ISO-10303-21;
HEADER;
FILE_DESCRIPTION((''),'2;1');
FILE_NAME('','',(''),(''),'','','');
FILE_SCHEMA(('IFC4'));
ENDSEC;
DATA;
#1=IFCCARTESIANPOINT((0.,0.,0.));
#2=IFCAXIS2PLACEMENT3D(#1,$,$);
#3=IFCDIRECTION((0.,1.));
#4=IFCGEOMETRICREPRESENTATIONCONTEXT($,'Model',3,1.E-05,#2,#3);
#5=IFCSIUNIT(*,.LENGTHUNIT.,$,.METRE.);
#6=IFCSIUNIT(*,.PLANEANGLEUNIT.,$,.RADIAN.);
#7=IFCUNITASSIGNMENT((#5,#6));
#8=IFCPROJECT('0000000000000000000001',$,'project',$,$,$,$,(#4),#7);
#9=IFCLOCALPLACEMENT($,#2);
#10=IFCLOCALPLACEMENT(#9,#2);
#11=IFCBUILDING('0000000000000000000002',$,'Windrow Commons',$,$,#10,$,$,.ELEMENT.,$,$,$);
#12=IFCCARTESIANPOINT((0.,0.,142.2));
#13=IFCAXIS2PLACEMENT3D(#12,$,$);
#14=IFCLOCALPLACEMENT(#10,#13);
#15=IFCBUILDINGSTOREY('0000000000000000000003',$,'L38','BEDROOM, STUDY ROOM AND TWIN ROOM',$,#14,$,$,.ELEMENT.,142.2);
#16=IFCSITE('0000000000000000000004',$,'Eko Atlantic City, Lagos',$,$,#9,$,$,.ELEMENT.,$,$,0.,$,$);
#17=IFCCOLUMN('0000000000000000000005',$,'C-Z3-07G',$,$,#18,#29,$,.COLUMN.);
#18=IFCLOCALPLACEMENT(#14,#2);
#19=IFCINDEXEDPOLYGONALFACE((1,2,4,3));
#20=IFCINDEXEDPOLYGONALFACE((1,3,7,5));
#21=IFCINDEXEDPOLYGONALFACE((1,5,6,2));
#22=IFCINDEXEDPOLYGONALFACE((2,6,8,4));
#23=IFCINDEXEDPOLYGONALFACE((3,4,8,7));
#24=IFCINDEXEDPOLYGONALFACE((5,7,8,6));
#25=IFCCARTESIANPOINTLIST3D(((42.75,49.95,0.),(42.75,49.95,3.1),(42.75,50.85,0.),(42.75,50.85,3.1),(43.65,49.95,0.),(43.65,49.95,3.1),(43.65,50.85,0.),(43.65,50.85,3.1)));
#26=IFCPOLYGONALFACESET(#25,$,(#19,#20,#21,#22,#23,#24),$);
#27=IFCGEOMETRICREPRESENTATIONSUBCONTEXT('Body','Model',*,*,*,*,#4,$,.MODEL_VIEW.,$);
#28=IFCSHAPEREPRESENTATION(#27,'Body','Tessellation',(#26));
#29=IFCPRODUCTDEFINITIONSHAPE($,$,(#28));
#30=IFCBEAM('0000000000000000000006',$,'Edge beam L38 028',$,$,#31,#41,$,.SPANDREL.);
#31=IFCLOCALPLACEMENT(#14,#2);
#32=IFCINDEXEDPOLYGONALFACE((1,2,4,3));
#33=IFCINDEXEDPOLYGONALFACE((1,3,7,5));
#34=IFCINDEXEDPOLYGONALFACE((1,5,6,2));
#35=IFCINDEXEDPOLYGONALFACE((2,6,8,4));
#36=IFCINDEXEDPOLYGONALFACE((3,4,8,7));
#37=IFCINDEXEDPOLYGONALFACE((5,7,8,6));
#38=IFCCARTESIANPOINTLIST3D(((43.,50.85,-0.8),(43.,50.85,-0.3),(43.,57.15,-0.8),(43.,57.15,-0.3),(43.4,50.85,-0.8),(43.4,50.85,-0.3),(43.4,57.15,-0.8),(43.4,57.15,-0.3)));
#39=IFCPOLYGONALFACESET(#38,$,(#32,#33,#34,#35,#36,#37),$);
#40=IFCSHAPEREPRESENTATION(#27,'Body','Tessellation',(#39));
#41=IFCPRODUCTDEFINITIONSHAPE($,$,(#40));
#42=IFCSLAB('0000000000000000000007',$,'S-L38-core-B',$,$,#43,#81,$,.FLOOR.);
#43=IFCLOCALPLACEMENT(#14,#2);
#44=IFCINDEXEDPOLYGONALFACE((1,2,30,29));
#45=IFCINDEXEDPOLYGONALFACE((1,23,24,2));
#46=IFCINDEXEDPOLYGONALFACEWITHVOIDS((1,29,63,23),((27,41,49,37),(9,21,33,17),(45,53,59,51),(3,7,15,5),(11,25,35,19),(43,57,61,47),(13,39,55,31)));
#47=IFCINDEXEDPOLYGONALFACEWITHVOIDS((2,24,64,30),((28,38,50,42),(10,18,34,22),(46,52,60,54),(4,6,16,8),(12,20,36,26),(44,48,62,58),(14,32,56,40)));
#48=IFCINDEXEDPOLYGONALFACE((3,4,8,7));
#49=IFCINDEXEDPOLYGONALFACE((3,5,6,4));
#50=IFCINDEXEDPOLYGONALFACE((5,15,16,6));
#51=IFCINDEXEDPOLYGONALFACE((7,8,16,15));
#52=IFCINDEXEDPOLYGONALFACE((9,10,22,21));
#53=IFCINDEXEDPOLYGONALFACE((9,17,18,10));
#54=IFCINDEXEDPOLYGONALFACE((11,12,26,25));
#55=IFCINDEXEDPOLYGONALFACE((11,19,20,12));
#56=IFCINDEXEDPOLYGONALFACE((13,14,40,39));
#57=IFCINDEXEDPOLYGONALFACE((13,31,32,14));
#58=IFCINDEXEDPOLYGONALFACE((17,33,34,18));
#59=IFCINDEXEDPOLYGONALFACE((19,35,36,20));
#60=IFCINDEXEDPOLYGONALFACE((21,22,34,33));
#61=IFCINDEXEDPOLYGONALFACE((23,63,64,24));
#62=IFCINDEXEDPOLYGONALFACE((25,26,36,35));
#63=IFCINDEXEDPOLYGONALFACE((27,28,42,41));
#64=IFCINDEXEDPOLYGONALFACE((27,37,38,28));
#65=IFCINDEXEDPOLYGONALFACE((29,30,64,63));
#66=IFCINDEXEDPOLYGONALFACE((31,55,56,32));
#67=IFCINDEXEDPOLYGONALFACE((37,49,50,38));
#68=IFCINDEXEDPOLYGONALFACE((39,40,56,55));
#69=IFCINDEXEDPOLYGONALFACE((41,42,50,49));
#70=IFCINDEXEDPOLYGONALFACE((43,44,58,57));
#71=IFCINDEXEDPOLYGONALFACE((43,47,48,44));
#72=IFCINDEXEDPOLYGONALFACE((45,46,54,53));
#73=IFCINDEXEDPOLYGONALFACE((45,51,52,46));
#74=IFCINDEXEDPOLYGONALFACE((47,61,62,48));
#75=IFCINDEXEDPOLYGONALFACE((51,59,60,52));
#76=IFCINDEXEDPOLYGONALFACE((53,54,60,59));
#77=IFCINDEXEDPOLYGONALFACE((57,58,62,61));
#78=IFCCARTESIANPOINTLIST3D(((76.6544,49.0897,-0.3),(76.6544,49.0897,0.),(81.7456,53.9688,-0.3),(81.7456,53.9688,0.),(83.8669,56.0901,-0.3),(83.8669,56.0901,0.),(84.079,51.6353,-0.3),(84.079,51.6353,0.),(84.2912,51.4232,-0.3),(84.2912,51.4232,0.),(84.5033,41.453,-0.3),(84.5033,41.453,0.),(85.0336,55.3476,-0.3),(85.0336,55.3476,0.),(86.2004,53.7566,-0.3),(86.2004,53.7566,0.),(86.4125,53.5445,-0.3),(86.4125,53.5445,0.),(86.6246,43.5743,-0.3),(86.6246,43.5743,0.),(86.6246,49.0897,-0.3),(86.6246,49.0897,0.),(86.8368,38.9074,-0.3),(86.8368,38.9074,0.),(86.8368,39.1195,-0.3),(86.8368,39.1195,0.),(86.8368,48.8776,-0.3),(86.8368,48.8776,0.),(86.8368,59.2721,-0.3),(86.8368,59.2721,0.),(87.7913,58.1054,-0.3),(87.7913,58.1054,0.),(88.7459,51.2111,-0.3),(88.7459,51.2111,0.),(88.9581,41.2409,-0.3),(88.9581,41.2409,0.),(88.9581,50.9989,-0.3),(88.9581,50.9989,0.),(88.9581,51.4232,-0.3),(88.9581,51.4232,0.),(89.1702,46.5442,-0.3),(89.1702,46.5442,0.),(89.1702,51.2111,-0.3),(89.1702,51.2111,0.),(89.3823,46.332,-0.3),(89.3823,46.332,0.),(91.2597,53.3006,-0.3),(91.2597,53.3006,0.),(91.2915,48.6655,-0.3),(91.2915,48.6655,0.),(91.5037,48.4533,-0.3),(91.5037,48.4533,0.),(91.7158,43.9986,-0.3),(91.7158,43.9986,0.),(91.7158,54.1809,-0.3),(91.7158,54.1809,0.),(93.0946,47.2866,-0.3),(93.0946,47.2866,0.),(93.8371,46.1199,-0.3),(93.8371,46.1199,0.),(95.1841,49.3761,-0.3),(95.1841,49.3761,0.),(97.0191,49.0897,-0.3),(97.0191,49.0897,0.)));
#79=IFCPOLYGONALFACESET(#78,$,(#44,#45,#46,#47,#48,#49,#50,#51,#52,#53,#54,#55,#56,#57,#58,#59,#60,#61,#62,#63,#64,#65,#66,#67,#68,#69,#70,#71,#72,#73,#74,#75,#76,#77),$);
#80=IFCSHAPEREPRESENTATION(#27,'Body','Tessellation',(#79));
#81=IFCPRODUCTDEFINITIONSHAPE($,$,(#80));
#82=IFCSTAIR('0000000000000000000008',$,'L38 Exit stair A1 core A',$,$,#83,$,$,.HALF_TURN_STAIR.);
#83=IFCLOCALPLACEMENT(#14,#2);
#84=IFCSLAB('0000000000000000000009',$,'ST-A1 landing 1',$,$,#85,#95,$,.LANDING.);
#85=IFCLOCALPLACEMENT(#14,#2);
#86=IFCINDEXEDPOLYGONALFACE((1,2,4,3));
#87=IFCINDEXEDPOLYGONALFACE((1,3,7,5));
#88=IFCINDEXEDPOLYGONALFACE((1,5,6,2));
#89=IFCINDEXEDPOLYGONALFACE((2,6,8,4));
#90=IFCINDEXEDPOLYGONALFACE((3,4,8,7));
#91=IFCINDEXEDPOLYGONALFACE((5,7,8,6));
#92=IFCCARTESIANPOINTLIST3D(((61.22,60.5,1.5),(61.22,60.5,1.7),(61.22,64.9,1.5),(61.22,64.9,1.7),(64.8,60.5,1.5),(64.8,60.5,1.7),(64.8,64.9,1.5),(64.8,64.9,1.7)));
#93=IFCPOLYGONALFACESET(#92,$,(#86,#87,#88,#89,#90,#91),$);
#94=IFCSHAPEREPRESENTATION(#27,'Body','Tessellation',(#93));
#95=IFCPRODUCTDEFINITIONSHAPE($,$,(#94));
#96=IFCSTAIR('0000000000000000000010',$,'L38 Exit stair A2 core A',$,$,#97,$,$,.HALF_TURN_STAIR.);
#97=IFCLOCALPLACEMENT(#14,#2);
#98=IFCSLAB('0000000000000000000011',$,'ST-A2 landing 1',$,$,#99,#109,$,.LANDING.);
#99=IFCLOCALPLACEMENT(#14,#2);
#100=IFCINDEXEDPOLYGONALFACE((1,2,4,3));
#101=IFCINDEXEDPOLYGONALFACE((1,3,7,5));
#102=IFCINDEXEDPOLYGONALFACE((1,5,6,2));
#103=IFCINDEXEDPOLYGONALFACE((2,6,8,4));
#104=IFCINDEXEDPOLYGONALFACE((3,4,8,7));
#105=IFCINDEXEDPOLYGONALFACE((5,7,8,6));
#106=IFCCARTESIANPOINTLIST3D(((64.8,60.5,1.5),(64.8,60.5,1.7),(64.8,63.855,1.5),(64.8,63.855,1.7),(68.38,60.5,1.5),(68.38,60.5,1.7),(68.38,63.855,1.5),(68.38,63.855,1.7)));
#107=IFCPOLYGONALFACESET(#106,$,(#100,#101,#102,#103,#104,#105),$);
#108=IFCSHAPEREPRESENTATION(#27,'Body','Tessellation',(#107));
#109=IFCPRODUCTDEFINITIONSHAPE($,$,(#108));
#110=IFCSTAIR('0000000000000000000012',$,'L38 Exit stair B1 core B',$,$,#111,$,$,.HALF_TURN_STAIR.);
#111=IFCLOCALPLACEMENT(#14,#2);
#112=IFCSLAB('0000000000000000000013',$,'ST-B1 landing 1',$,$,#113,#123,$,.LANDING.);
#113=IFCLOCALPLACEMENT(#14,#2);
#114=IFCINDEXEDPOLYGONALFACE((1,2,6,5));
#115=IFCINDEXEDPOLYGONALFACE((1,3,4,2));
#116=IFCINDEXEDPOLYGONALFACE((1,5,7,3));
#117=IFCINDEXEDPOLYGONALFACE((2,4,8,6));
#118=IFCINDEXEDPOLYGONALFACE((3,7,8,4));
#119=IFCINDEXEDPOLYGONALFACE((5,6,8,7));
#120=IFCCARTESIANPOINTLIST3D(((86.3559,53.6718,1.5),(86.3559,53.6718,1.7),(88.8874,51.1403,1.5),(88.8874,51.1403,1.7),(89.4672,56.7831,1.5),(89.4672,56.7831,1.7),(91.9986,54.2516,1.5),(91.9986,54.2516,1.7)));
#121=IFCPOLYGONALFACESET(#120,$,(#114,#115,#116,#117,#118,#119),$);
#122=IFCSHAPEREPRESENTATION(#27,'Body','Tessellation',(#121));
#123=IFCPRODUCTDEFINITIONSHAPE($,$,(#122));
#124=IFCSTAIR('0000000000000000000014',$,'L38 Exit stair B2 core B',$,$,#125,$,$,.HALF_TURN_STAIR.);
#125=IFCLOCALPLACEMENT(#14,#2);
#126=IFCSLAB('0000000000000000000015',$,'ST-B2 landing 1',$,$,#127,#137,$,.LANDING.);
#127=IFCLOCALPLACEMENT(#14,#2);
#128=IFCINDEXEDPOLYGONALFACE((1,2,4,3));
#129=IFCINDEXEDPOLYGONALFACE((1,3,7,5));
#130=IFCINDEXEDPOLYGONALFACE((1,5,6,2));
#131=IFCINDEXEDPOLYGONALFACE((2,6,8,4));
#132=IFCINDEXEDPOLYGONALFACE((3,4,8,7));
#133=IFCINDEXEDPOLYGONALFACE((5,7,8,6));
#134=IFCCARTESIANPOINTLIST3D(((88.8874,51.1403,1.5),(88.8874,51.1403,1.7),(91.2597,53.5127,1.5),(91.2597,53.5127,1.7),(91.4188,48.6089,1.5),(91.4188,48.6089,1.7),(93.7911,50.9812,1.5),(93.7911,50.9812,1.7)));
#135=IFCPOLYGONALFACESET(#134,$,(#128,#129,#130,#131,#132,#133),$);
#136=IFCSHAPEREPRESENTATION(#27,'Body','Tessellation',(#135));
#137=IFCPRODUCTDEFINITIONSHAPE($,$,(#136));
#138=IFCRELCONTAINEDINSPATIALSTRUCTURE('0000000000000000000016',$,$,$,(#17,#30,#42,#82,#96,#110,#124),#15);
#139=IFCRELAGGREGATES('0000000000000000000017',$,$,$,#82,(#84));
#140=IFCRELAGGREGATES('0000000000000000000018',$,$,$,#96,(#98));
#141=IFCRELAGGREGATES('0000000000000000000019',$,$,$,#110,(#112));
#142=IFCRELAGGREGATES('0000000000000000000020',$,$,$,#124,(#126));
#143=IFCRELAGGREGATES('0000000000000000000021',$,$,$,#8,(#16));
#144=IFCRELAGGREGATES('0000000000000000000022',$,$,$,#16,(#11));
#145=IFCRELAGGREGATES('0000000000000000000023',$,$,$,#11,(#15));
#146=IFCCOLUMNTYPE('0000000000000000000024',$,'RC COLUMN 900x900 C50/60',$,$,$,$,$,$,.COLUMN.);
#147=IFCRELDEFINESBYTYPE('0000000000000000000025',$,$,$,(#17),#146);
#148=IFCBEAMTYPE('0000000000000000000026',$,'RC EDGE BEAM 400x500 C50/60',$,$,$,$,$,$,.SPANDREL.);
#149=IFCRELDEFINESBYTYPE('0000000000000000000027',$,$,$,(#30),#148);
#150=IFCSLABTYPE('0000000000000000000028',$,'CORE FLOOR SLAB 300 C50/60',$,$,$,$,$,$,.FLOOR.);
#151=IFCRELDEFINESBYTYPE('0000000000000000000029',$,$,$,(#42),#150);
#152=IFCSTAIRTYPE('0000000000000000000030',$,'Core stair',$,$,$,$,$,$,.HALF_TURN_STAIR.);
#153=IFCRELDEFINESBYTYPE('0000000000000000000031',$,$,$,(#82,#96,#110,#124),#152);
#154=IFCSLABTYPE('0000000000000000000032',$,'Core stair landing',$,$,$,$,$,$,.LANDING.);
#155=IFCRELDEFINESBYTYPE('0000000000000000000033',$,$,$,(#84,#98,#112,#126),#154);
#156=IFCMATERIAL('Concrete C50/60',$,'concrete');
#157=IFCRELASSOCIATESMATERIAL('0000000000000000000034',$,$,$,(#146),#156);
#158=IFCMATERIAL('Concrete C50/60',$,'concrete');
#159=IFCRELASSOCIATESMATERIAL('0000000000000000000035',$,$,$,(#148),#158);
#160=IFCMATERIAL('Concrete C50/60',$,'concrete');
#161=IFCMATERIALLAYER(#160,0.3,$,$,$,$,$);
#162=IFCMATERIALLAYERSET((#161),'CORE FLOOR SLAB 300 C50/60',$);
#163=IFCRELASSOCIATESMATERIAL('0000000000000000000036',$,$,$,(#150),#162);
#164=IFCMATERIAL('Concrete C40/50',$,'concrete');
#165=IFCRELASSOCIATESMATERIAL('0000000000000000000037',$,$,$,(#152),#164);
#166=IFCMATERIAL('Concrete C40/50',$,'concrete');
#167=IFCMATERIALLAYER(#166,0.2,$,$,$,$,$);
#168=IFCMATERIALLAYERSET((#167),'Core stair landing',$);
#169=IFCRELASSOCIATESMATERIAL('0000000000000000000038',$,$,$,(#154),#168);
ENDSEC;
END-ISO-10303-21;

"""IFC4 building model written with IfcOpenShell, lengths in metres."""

from ifc_helpers import new_model, si_unit, direction, frame, origin, origin_2d, place, context, subcontext, project, spatial, polyline, rectangle, outline, extrude, material, layer, layer_set, material_profile, profile_set, type_object, element, aggregate, save


model = new_model("IFC4")

# Units and contexts
model_context = context("Model", 3, precision=1e-05, world=origin(), true_north=direction((0.0, 1.0)))
body_context = subcontext(model_context, "Body", "Model", "MODEL_VIEW")
ifc_project = project(units=[si_unit("LENGTHUNIT", "METRE"), si_unit("PLANEANGLEUNIT", "RADIAN")], contexts=[model_context])

# Site, building, storey
site_placement = place(None, origin())
site = spatial("IfcSite", under=ifc_project, at=site_placement, Name="Eko Atlantic City, Lagos", CompositionType="ELEMENT", RefElevation=0.0)
building_placement = place(site_placement, origin())
building = spatial("IfcBuilding", under=site, at=building_placement, Name="Windrow Commons", CompositionType="ELEMENT")
storey_placement = place(building_placement, frame((0.0, 0.0, 142.2)))
storey = spatial("IfcBuildingStorey", under=building, at=storey_placement, Name="L38", Description="BEDROOM, STUDY ROOM AND TWIN ROOM", CompositionType="ELEMENT", Elevation=142.2)

# Column
ifc_material_1 = material(Name="Concrete C50/60", Category="concrete")
ifc_material_profile_1 = material_profile(ifc_material_1, rectangle(XDim=0.9, YDim=0.9, at=origin_2d()))
ifc_profile_set_1 = profile_set([ifc_material_profile_1], Name="Concrete C50/60")
column_type = type_object("IfcColumnType", Name="RC COLUMN 900x900 C50/60", PredefinedType="COLUMN", material=ifc_profile_set_1)
column_placement = place(storey_placement, frame((43.2, 50.4, 0.0), z_axis=(0.0, 0.0, 1.0), x_axis=(1.0, 0.0, 0.0)))
element("IfcColumn", 1, at=column_placement, inside=storey, type_object=column_type, Name="C-Z3-07G", PredefinedType="COLUMN", context=body_context, shape_type="SweptSolid", body=[
    extrude(rectangle(XDim=0.9, YDim=0.9, at=origin_2d()), origin(), (0.0, 0.0, 1.0), 3.1),
])

# Beam
ifc_material_2 = material(Name="Concrete C50/60", Category="concrete")
ifc_material_profile_2 = material_profile(ifc_material_2, rectangle(XDim=0.4, YDim=0.5, at=origin_2d()))
ifc_profile_set_2 = profile_set([ifc_material_profile_2], Name="Concrete C50/60")
beam_type = type_object("IfcBeamType", Name="RC EDGE BEAM 400x500 C50/60", PredefinedType="SPANDREL", material=ifc_profile_set_2)
beam_placement = place(storey_placement, frame((43.2, 50.85, -0.55), z_axis=(0.0, 1.0, 0.0), x_axis=(-1.0, 0.0, 0.0)))
element("IfcBeam", 2, at=beam_placement, inside=storey, type_object=beam_type, Name="Edge beam L38 028", PredefinedType="SPANDREL", context=body_context, shape_type="SweptSolid", body=[
    extrude(rectangle(XDim=0.4, YDim=0.5, at=origin_2d()), origin(), (0.0, 0.0, 1.0), 6.3),
])

# Slab, openings
ifc_material_3 = material(Name="Concrete C50/60", Category="concrete")
ifc_layer_1 = layer(ifc_material_3, 0.3)
ifc_layer_set_1 = layer_set([ifc_layer_1], Name="CORE FLOOR SLAB 300 C50/60")
slab_type_1 = type_object("IfcSlabType", Name="CORE FLOOR SLAB 300 C50/60", PredefinedType="FLOOR", material=ifc_layer_set_1)
placement_1 = place(storey_placement, frame((0.0, 0.0, -0.3)))
slab_1 = element("IfcSlab", 3, at=placement_1, inside=storey, type_object=slab_type_1, Name="S-L38-core-B", PredefinedType="FLOOR", context=body_context, shape_type="SweptSolid", body=[
    extrude(outline(polyline([(76.6544, 49.0897), (86.8368, 38.9074), (97.0191, 49.0897), (86.8368, 59.2721), (76.6544, 49.0897)]), holes=[polyline([(84.5033, 41.453), (86.8368, 39.1195), (88.9581, 41.2409), (86.6246, 43.5743), (84.5033, 41.453)]), polyline([(81.7456, 53.9688), (84.079, 51.6353), (86.2004, 53.7566), (83.8669, 56.0901), (81.7456, 53.9688)]), polyline([(84.2912, 51.4232), (86.6246, 49.0897), (88.7459, 51.2111), (86.4125, 53.5445), (84.2912, 51.4232)]), polyline([(86.8368, 48.8776), (89.1702, 46.5442), (91.2915, 48.6655), (88.9581, 50.9989), (86.8368, 48.8776)]), polyline([(89.3823, 46.332), (91.7158, 43.9986), (93.8371, 46.1199), (91.5037, 48.4533), (89.3823, 46.332)]), polyline([(85.0336, 55.3476), (88.9581, 51.4232), (91.7158, 54.1809), (87.7913, 58.1054), (85.0336, 55.3476)]), polyline([(89.1702, 51.2111), (93.0946, 47.2866), (95.1841, 49.3761), (91.2597, 53.3006), (89.1702, 51.2111)])]), origin(), (0.0, 0.0, 1.0), 0.3),
])
opening_1_placement = place(placement_1, origin())
element("IfcOpeningElement", 4, at=opening_1_placement, cuts=slab_1, PredefinedType="OPENING", context=body_context, shape_type="SweptSolid", body=[
    extrude(outline(polyline([(84.5104, 41.453), (86.6246, 43.5672), (88.951, 41.2409), (86.8368, 39.1266), (84.5104, 41.453)])), origin(), (0.0, 0.0, 1.0), 0.3),
])
opening_2_placement = place(placement_1, origin())
element("IfcOpeningElement", 5, at=opening_2_placement, cuts=slab_1, PredefinedType="OPENING", context=body_context, shape_type="SweptSolid", body=[
    extrude(outline(polyline([(81.7527, 53.9688), (83.8669, 56.083), (86.1933, 53.7566), (84.079, 51.6424), (81.7527, 53.9688)])), origin(), (0.0, 0.0, 1.0), 0.3),
])
opening_3_placement = place(placement_1, origin())
element("IfcOpeningElement", 6, at=opening_3_placement, cuts=slab_1, PredefinedType="OPENING", context=body_context, shape_type="SweptSolid", body=[
    extrude(outline(polyline([(84.2983, 51.4232), (86.4125, 53.5374), (88.7388, 51.2111), (86.6246, 49.0968), (84.2983, 51.4232)])), origin(), (0.0, 0.0, 1.0), 0.3),
])
opening_4_placement = place(placement_1, origin())
element("IfcOpeningElement", 7, at=opening_4_placement, cuts=slab_1, PredefinedType="OPENING", context=body_context, shape_type="SweptSolid", body=[
    extrude(outline(polyline([(86.8439, 48.8776), (88.9581, 50.9918), (91.2844, 48.6655), (89.1702, 46.5513), (86.8439, 48.8776)])), origin(), (0.0, 0.0, 1.0), 0.3),
])
opening_5_placement = place(placement_1, origin())
element("IfcOpeningElement", 8, at=opening_5_placement, cuts=slab_1, PredefinedType="OPENING", context=body_context, shape_type="SweptSolid", body=[
    extrude(outline(polyline([(89.3894, 46.332), (91.5037, 48.4462), (93.83, 46.1199), (91.7158, 44.0057), (89.3894, 46.332)])), origin(), (0.0, 0.0, 1.0), 0.3),
])
opening_6_placement = place(placement_1, origin())
element("IfcOpeningElement", 9, at=opening_6_placement, cuts=slab_1, PredefinedType="OPENING", context=body_context, shape_type="SweptSolid", body=[
    extrude(outline(polyline([(85.0407, 55.3476), (87.7913, 58.0983), (91.7087, 54.1809), (88.9581, 51.4303), (85.0407, 55.3476)])), origin(), (0.0, 0.0, 1.0), 0.3),
])
opening_7_placement = place(placement_1, origin())
element("IfcOpeningElement", 10, at=opening_7_placement, cuts=slab_1, PredefinedType="OPENING", context=body_context, shape_type="SweptSolid", body=[
    extrude(outline(polyline([(89.1773, 51.2111), (91.2597, 53.2935), (95.177, 49.3761), (93.0946, 47.2937), (89.1773, 51.2111)])), origin(), (0.0, 0.0, 1.0), 0.3),
])

# Stairs, slabs
ifc_material_4 = material(Name="Concrete C40/50", Category="concrete")
stair_type = type_object("IfcStairType", Name="Core stair", PredefinedType="HALF_TURN_STAIR", material=ifc_material_4)
placement_2 = place(storey_placement, origin())
stair_1 = element("IfcStair", 11, at=placement_2, inside=storey, type_object=stair_type, Name="L38 Exit stair A1 core A", PredefinedType="HALF_TURN_STAIR")
ifc_material_5 = material(Name="Concrete C40/50", Category="concrete")
ifc_layer_2 = layer(ifc_material_5, 0.2)
ifc_layer_set_2 = layer_set([ifc_layer_2], Name="Core stair landing")
slab_type_2 = type_object("IfcSlabType", Name="Core stair landing", PredefinedType="LANDING", material=ifc_layer_set_2)
placement_3 = place(storey_placement, frame((0.0, 0.0, 1.5)))
slab_2 = element("IfcSlab", 12, at=placement_3, type_object=slab_type_2, Name="ST-A1 landing 1", PredefinedType="LANDING", context=body_context, shape_type="SweptSolid", body=[
    extrude(outline(polyline([(61.22, 60.5), (64.8, 60.5), (64.8, 64.9), (61.22, 64.9), (61.22, 60.5)])), origin(), (0.0, 0.0, 1.0), 0.2),
])
aggregate(stair_1, [slab_2])
stair_2 = element("IfcStair", 13, at=placement_2, inside=storey, type_object=stair_type, Name="L38 Exit stair A2 core A", PredefinedType="HALF_TURN_STAIR")
slab_3 = element("IfcSlab", 14, at=placement_3, type_object=slab_type_2, Name="ST-A2 landing 1", PredefinedType="LANDING", context=body_context, shape_type="SweptSolid", body=[
    extrude(outline(polyline([(64.8, 60.5), (68.38, 60.5), (68.38, 63.855), (64.8, 63.855), (64.8, 60.5)])), origin(), (0.0, 0.0, 1.0), 0.2),
])
aggregate(stair_2, [slab_3])
stair_3 = element("IfcStair", 15, at=placement_2, inside=storey, type_object=stair_type, Name="L38 Exit stair B1 core B", PredefinedType="HALF_TURN_STAIR")
slab_4 = element("IfcSlab", 16, at=placement_3, type_object=slab_type_2, Name="ST-B1 landing 1", PredefinedType="LANDING", context=body_context, shape_type="SweptSolid", body=[
    extrude(outline(polyline([(86.3559, 53.6718), (88.8874, 51.1403), (91.9986, 54.2516), (89.4672, 56.7831), (86.3559, 53.6718)])), origin(), (0.0, 0.0, 1.0), 0.2),
])
aggregate(stair_3, [slab_4])
stair_4 = element("IfcStair", 17, at=placement_2, inside=storey, type_object=stair_type, Name="L38 Exit stair B2 core B", PredefinedType="HALF_TURN_STAIR")
slab_5 = element("IfcSlab", 18, at=placement_3, type_object=slab_type_2, Name="ST-B2 landing 1", PredefinedType="LANDING", context=body_context, shape_type="SweptSolid", body=[
    extrude(outline(polyline([(88.8874, 51.1403), (91.4188, 48.6089), (93.7911, 50.9812), (91.2597, 53.5127), (88.8874, 51.1403)])), origin(), (0.0, 0.0, 1.0), 0.2),
])
aggregate(stair_4, [slab_5])

save(model, "model.ifc")
